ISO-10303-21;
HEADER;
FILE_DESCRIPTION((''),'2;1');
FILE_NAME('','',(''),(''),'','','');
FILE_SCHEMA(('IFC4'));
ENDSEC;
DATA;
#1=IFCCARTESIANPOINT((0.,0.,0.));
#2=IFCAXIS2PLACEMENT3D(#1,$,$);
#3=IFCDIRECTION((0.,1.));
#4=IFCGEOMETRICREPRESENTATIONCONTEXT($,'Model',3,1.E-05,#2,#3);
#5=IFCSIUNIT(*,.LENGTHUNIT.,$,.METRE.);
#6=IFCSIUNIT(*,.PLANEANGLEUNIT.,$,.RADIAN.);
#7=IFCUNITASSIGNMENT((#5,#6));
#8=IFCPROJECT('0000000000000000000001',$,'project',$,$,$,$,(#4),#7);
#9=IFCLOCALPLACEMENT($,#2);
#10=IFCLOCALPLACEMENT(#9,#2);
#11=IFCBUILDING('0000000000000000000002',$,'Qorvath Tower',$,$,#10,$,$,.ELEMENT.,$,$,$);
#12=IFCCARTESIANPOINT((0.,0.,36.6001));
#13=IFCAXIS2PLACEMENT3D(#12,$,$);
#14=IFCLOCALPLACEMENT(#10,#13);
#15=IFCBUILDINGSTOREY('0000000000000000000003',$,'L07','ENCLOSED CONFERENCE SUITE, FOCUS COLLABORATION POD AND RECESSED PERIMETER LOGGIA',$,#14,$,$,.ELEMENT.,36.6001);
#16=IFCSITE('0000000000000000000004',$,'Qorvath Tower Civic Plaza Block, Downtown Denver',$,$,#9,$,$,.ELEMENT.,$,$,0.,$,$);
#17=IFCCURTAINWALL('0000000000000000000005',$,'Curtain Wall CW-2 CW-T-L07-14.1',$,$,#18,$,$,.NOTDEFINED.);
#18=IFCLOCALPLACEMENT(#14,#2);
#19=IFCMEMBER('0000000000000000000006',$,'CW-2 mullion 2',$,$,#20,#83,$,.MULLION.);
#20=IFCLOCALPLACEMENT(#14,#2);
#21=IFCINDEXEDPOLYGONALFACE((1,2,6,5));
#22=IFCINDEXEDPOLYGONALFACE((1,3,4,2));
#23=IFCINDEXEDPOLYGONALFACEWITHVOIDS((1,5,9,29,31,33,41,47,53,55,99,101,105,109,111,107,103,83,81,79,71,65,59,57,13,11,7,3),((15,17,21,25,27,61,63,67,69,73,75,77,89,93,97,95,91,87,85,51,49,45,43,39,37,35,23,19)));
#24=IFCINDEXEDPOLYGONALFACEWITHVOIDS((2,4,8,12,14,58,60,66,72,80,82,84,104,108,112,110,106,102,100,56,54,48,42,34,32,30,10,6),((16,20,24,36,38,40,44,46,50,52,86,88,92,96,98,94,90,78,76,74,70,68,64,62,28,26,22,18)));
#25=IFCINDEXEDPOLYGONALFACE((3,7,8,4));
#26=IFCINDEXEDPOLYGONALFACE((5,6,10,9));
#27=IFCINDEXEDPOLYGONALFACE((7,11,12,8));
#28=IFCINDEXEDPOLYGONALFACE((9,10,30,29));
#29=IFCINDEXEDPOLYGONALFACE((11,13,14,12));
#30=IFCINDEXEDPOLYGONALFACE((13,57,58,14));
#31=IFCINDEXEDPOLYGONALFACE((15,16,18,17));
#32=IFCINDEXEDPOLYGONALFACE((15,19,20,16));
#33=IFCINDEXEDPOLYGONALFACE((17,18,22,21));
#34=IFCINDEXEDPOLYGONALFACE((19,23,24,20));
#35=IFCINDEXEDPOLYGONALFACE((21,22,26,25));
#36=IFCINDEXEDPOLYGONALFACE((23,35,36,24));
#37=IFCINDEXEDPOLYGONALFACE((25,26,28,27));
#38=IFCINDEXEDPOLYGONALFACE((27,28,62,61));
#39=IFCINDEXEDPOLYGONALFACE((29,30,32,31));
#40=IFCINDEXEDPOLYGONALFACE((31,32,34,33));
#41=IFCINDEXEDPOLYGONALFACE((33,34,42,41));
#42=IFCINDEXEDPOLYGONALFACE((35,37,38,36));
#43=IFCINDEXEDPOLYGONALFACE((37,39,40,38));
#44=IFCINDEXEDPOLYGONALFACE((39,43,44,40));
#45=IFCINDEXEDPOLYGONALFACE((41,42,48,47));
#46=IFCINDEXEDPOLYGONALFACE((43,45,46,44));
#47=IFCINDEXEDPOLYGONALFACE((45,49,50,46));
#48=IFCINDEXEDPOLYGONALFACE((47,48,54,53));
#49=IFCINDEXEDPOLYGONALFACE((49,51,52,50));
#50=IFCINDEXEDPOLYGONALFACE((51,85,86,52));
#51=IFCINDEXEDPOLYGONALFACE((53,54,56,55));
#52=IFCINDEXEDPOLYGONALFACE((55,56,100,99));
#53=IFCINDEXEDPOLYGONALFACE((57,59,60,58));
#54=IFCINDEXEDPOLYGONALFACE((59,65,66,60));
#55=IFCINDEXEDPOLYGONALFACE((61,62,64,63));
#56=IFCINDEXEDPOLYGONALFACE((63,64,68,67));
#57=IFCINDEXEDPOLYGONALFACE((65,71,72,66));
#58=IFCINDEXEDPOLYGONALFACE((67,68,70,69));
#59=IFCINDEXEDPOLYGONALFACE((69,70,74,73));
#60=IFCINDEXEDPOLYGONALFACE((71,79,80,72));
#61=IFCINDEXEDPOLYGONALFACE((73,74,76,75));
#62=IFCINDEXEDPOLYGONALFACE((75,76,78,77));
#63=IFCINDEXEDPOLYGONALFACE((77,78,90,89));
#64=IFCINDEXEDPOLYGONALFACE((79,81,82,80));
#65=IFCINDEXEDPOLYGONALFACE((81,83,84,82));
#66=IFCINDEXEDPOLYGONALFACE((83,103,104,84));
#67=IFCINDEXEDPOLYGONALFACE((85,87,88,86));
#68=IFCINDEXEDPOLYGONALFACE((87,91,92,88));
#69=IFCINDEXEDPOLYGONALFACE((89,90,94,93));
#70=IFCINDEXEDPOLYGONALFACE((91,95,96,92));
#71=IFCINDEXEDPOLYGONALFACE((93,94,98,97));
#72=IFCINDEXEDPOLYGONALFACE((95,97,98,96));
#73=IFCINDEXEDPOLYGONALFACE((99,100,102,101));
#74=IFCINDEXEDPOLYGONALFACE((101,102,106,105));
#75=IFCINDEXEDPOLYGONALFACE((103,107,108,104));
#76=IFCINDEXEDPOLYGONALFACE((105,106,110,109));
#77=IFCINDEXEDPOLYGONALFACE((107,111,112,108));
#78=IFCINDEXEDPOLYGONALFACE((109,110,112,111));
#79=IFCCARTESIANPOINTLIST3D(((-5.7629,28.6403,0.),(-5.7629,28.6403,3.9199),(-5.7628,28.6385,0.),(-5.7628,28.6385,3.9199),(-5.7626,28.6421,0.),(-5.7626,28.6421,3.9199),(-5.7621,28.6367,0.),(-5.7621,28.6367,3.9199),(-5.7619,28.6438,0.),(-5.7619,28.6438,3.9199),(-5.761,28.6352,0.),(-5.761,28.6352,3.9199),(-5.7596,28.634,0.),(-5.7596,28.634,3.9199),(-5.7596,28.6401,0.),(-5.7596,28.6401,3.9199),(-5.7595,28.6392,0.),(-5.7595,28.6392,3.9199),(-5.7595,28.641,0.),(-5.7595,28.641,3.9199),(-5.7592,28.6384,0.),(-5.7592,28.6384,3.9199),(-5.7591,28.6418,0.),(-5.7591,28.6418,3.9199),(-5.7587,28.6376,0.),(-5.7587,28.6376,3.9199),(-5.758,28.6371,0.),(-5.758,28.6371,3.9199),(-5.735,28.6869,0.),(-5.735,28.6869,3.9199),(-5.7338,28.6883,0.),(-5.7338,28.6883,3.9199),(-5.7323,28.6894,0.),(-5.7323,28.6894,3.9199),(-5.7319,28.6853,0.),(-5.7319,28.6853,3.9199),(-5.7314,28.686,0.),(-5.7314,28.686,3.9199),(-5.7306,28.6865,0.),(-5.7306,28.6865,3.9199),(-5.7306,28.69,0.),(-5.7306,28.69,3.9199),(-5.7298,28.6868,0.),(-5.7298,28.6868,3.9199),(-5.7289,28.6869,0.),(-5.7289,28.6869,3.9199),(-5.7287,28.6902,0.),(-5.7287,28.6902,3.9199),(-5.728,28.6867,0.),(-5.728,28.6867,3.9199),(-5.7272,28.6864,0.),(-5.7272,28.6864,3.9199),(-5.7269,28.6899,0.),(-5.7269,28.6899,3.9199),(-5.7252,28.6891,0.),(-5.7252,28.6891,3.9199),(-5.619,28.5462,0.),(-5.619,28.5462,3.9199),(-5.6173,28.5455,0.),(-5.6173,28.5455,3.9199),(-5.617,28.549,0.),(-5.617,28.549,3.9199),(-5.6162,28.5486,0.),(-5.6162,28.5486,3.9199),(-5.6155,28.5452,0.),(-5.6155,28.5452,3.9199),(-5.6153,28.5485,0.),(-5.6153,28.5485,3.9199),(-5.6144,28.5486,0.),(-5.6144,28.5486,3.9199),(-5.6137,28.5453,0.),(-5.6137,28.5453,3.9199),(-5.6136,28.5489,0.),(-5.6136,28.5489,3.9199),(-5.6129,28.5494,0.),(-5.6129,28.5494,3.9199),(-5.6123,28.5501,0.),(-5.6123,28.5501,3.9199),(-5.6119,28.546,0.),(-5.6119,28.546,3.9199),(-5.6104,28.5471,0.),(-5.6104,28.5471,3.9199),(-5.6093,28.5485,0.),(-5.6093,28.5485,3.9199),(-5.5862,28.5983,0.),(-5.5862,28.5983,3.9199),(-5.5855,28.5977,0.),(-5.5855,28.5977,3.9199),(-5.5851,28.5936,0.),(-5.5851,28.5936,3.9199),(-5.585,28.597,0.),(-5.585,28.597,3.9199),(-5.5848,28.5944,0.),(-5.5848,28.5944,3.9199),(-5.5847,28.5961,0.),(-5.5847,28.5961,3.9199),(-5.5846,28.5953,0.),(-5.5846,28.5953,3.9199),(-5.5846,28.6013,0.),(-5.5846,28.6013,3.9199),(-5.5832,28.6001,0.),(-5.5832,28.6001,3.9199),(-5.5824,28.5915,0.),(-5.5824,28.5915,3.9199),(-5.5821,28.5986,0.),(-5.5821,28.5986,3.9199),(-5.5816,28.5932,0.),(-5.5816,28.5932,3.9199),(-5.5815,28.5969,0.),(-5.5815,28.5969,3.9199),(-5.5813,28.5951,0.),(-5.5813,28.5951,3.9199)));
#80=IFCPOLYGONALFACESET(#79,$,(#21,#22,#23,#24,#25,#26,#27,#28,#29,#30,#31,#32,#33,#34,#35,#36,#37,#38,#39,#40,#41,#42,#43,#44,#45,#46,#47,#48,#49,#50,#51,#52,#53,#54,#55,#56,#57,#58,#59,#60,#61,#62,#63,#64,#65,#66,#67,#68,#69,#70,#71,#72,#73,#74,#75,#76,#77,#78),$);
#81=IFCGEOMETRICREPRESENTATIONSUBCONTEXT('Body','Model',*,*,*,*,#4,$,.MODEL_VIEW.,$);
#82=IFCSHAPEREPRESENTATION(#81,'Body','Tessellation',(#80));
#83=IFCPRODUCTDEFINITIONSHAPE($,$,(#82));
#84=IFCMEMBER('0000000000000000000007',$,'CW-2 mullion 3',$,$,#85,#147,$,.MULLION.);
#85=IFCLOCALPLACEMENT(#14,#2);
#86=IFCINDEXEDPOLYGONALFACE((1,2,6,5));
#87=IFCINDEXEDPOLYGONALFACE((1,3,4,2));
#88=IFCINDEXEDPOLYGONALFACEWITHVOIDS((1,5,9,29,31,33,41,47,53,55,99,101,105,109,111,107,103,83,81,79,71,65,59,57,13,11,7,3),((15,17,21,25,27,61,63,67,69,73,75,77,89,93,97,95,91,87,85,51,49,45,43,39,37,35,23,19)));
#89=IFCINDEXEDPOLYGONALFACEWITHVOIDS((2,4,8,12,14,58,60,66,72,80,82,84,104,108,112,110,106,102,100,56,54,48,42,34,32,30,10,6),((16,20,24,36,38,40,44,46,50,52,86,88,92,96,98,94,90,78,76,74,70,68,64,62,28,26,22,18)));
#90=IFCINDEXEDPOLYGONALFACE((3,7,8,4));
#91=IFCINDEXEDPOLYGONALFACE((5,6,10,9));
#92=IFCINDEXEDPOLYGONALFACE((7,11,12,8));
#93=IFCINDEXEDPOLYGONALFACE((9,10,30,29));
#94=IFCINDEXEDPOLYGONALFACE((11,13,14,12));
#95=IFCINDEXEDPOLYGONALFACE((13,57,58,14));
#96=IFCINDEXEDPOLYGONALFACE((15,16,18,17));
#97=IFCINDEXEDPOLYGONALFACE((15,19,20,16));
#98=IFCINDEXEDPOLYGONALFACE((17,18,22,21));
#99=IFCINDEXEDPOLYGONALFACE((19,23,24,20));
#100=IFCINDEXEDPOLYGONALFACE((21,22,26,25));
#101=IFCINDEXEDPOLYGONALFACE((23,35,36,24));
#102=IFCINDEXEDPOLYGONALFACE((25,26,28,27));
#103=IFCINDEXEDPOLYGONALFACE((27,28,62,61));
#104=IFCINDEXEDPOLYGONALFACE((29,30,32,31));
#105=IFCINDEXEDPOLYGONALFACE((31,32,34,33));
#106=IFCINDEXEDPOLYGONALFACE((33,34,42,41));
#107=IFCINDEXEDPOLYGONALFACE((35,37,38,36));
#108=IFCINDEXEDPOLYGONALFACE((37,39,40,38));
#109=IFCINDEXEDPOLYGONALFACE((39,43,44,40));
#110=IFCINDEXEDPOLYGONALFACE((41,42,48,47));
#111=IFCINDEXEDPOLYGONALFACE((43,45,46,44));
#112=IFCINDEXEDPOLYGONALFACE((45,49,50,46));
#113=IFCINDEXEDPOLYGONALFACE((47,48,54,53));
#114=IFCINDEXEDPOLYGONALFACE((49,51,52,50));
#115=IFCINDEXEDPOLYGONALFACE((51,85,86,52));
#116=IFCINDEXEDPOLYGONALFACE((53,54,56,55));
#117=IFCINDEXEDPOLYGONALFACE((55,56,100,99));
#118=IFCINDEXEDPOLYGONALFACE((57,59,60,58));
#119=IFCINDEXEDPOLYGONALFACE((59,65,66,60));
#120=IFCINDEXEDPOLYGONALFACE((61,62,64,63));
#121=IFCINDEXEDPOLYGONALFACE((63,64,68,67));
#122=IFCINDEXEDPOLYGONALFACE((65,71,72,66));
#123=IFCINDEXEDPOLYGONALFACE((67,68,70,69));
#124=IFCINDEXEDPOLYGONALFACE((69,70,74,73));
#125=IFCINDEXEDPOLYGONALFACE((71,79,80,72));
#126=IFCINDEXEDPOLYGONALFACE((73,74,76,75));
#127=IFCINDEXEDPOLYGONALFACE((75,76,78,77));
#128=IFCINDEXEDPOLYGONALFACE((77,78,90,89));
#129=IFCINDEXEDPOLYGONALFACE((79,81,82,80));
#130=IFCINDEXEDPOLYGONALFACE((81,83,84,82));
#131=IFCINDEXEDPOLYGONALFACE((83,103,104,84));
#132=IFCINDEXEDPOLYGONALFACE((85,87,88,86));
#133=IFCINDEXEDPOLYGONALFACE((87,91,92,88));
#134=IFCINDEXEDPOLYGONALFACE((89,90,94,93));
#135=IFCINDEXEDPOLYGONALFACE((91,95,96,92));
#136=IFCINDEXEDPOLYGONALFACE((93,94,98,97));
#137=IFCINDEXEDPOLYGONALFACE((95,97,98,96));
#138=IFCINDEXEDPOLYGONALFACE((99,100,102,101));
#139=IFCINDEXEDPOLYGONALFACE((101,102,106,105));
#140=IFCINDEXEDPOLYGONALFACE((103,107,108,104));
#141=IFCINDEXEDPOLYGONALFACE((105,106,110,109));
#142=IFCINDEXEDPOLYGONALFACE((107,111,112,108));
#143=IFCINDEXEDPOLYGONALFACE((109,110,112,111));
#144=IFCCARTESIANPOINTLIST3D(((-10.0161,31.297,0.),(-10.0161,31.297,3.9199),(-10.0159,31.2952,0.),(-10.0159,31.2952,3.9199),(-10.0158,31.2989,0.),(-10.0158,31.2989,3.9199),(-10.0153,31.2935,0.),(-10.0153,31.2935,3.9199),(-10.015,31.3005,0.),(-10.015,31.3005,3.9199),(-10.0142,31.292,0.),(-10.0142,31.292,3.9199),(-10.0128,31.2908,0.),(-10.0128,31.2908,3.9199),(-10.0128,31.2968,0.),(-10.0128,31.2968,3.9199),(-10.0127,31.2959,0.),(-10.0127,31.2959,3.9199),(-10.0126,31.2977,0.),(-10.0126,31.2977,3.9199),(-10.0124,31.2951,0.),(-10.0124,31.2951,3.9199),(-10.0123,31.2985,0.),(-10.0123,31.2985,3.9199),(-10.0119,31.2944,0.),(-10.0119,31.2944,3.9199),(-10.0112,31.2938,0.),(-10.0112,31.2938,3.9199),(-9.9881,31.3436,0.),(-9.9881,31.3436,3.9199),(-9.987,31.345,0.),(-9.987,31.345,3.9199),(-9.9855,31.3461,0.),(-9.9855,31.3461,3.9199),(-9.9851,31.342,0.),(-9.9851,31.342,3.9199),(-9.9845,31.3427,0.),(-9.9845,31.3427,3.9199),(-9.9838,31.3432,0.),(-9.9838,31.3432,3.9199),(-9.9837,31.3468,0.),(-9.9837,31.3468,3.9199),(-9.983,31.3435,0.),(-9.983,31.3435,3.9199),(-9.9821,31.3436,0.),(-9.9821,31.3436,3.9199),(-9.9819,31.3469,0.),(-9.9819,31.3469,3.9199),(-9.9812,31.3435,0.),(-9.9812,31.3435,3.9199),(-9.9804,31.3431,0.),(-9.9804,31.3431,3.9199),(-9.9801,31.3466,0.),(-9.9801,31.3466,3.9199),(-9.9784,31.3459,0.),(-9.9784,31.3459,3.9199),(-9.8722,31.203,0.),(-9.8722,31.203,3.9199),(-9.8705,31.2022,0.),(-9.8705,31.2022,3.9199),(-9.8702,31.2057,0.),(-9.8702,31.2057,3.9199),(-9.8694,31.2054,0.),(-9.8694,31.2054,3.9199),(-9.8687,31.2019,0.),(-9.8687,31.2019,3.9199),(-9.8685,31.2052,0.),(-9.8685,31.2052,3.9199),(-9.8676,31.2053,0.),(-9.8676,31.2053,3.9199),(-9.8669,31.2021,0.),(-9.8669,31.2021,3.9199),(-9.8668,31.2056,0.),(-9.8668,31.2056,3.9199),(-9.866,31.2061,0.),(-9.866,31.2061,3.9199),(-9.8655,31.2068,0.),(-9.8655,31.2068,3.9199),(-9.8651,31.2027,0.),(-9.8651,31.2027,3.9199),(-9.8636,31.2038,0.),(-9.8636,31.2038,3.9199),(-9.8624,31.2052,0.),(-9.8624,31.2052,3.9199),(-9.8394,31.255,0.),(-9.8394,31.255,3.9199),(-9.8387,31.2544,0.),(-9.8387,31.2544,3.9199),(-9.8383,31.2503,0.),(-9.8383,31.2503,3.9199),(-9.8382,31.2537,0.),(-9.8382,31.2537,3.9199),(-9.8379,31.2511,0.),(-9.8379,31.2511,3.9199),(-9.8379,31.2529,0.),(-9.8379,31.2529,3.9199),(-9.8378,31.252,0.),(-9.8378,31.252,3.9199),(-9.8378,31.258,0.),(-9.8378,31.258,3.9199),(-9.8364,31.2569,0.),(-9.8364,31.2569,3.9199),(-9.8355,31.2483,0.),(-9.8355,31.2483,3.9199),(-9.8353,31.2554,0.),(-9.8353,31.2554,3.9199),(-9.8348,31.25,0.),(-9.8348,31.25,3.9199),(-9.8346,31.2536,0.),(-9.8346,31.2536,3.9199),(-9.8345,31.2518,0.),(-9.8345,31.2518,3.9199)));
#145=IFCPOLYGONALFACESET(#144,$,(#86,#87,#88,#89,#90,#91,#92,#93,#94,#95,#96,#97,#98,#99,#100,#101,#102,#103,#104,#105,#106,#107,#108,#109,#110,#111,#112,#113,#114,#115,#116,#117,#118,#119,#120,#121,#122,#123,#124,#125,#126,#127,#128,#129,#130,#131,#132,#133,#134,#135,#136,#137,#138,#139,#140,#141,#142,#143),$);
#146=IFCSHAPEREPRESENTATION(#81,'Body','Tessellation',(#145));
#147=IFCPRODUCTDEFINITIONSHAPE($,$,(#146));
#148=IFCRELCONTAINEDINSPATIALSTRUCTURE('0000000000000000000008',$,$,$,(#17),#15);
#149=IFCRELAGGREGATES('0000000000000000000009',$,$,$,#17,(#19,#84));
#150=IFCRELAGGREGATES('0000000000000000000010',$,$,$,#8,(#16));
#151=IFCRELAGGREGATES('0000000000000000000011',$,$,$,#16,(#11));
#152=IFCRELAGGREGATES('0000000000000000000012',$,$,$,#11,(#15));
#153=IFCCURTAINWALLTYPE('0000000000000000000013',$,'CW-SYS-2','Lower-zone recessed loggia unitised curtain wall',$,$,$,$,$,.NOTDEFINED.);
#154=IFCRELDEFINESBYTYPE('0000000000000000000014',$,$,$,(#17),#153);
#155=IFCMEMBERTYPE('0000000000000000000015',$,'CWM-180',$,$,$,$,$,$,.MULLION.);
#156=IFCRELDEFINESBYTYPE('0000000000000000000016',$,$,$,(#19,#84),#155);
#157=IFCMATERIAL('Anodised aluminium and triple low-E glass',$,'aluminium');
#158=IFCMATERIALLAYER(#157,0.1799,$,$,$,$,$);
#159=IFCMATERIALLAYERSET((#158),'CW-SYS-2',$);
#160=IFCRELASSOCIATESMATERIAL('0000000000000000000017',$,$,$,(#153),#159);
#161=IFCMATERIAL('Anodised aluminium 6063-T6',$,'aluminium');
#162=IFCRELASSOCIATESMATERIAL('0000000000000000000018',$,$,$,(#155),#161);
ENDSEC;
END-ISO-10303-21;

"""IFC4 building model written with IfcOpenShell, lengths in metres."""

from ifc_helpers import new_model, si_unit, direction, frame, origin, origin_2d, place, context, subcontext, project, spatial, hollow_rectangle, extrude, material, layer, layer_set, material_profile, profile_set, type_object, element, aggregate, save


model = new_model("IFC4")

# Units and contexts
model_context = context("Model", 3, precision=1e-05, world=origin(), true_north=direction((0.0, 1.0)))
body_context = subcontext(model_context, "Body", "Model", "MODEL_VIEW")
ifc_project = project(units=[si_unit("LENGTHUNIT", "METRE"), si_unit("PLANEANGLEUNIT", "RADIAN")], contexts=[model_context])

# Site, building, storey
site_placement = place(None, origin())
site = spatial("IfcSite", under=ifc_project, at=site_placement, Name="Qorvath Tower Civic Plaza Block, Downtown Denver", CompositionType="ELEMENT", RefElevation=0.0)
building_placement = place(site_placement, origin())
building = spatial("IfcBuilding", under=site, at=building_placement, Name="Qorvath Tower", CompositionType="ELEMENT")
storey_placement = place(building_placement, frame((0.0, 0.0, 36.6001)))
storey = spatial("IfcBuildingStorey", under=building, at=storey_placement, Name="L07", Description="ENCLOSED CONFERENCE SUITE, FOCUS COLLABORATION POD AND RECESSED PERIMETER LOGGIA", CompositionType="ELEMENT", Elevation=36.6001)

# Shared definitions
ifc_material_1 = material(Name="Anodised aluminium and triple low-E glass", Category="aluminium")
ifc_layer_1 = layer(ifc_material_1, 0.1799)
ifc_layer_set_1 = layer_set([ifc_layer_1], Name="CW-SYS-2")
curtain_wall_type = type_object("IfcCurtainWallType", Name="CW-SYS-2", Description="Lower-zone recessed loggia unitised curtain wall", PredefinedType="NOTDEFINED", material=ifc_layer_set_1)
ifc_material_2 = material(Name="Anodised aluminium 6063-T6", Category="aluminium")
ifc_material_profile_1 = material_profile(ifc_material_2, hollow_rectangle(XDim=0.0649, YDim=0.1799, WallThickness=0.0034, InnerFilletRadius=0.0034, OuterFilletRadius=0.0071, at=origin_2d()), Name="CWM 180x65")
ifc_profile_set_1 = profile_set([ifc_material_profile_1], Name="Anodised aluminium 6063-T6")
member_type_1 = type_object("IfcMemberType", Name="CWM-180", PredefinedType="MULLION", material=ifc_profile_set_1)

# Curtain wall, members
curtain_wall_1_placement = place(storey_placement, origin())
curtain_wall_1 = element("IfcCurtainWall", 1, at=curtain_wall_1_placement, inside=storey, type_object=curtain_wall_type, Name="Curtain Wall CW-2 CW-T-L07-14.1", PredefinedType="NOTDEFINED")
member_1_placement = place(storey_placement, frame((-5.6721, 28.6177, 0.0), z_axis=(0.0, 0.0, 1.0), x_axis=(-0.529769, -0.848142, 0.0)))
member_1 = element("IfcMember", 2, at=member_1_placement, type_object=member_type_1, Name="CW-2 mullion 2", PredefinedType="MULLION", context=body_context, shape_type="SweptSolid", body=[
    extrude(hollow_rectangle(XDim=0.0649, YDim=0.1799, WallThickness=0.0034, InnerFilletRadius=0.0034, OuterFilletRadius=0.0071, at=origin_2d()), origin(), (0.0, 0.0, 1.0), 3.9199),
])
member_2_placement = place(storey_placement, frame((-9.9253, 31.2744, 0.0), z_axis=(0.0, 0.0, 1.0), x_axis=(-0.529769, -0.848142, 0.0)))
member_2 = element("IfcMember", 3, at=member_2_placement, type_object=member_type_1, Name="CW-2 mullion 3", PredefinedType="MULLION", context=body_context, shape_type="SweptSolid", body=[
    extrude(hollow_rectangle(XDim=0.0649, YDim=0.1799, WallThickness=0.0034, InnerFilletRadius=0.0034, OuterFilletRadius=0.0071, at=origin_2d()), origin(), (0.0, 0.0, 1.0), 3.9199),
])

aggregate(curtain_wall_1, [member_1, member_2])

save(model, "model.ifc")
